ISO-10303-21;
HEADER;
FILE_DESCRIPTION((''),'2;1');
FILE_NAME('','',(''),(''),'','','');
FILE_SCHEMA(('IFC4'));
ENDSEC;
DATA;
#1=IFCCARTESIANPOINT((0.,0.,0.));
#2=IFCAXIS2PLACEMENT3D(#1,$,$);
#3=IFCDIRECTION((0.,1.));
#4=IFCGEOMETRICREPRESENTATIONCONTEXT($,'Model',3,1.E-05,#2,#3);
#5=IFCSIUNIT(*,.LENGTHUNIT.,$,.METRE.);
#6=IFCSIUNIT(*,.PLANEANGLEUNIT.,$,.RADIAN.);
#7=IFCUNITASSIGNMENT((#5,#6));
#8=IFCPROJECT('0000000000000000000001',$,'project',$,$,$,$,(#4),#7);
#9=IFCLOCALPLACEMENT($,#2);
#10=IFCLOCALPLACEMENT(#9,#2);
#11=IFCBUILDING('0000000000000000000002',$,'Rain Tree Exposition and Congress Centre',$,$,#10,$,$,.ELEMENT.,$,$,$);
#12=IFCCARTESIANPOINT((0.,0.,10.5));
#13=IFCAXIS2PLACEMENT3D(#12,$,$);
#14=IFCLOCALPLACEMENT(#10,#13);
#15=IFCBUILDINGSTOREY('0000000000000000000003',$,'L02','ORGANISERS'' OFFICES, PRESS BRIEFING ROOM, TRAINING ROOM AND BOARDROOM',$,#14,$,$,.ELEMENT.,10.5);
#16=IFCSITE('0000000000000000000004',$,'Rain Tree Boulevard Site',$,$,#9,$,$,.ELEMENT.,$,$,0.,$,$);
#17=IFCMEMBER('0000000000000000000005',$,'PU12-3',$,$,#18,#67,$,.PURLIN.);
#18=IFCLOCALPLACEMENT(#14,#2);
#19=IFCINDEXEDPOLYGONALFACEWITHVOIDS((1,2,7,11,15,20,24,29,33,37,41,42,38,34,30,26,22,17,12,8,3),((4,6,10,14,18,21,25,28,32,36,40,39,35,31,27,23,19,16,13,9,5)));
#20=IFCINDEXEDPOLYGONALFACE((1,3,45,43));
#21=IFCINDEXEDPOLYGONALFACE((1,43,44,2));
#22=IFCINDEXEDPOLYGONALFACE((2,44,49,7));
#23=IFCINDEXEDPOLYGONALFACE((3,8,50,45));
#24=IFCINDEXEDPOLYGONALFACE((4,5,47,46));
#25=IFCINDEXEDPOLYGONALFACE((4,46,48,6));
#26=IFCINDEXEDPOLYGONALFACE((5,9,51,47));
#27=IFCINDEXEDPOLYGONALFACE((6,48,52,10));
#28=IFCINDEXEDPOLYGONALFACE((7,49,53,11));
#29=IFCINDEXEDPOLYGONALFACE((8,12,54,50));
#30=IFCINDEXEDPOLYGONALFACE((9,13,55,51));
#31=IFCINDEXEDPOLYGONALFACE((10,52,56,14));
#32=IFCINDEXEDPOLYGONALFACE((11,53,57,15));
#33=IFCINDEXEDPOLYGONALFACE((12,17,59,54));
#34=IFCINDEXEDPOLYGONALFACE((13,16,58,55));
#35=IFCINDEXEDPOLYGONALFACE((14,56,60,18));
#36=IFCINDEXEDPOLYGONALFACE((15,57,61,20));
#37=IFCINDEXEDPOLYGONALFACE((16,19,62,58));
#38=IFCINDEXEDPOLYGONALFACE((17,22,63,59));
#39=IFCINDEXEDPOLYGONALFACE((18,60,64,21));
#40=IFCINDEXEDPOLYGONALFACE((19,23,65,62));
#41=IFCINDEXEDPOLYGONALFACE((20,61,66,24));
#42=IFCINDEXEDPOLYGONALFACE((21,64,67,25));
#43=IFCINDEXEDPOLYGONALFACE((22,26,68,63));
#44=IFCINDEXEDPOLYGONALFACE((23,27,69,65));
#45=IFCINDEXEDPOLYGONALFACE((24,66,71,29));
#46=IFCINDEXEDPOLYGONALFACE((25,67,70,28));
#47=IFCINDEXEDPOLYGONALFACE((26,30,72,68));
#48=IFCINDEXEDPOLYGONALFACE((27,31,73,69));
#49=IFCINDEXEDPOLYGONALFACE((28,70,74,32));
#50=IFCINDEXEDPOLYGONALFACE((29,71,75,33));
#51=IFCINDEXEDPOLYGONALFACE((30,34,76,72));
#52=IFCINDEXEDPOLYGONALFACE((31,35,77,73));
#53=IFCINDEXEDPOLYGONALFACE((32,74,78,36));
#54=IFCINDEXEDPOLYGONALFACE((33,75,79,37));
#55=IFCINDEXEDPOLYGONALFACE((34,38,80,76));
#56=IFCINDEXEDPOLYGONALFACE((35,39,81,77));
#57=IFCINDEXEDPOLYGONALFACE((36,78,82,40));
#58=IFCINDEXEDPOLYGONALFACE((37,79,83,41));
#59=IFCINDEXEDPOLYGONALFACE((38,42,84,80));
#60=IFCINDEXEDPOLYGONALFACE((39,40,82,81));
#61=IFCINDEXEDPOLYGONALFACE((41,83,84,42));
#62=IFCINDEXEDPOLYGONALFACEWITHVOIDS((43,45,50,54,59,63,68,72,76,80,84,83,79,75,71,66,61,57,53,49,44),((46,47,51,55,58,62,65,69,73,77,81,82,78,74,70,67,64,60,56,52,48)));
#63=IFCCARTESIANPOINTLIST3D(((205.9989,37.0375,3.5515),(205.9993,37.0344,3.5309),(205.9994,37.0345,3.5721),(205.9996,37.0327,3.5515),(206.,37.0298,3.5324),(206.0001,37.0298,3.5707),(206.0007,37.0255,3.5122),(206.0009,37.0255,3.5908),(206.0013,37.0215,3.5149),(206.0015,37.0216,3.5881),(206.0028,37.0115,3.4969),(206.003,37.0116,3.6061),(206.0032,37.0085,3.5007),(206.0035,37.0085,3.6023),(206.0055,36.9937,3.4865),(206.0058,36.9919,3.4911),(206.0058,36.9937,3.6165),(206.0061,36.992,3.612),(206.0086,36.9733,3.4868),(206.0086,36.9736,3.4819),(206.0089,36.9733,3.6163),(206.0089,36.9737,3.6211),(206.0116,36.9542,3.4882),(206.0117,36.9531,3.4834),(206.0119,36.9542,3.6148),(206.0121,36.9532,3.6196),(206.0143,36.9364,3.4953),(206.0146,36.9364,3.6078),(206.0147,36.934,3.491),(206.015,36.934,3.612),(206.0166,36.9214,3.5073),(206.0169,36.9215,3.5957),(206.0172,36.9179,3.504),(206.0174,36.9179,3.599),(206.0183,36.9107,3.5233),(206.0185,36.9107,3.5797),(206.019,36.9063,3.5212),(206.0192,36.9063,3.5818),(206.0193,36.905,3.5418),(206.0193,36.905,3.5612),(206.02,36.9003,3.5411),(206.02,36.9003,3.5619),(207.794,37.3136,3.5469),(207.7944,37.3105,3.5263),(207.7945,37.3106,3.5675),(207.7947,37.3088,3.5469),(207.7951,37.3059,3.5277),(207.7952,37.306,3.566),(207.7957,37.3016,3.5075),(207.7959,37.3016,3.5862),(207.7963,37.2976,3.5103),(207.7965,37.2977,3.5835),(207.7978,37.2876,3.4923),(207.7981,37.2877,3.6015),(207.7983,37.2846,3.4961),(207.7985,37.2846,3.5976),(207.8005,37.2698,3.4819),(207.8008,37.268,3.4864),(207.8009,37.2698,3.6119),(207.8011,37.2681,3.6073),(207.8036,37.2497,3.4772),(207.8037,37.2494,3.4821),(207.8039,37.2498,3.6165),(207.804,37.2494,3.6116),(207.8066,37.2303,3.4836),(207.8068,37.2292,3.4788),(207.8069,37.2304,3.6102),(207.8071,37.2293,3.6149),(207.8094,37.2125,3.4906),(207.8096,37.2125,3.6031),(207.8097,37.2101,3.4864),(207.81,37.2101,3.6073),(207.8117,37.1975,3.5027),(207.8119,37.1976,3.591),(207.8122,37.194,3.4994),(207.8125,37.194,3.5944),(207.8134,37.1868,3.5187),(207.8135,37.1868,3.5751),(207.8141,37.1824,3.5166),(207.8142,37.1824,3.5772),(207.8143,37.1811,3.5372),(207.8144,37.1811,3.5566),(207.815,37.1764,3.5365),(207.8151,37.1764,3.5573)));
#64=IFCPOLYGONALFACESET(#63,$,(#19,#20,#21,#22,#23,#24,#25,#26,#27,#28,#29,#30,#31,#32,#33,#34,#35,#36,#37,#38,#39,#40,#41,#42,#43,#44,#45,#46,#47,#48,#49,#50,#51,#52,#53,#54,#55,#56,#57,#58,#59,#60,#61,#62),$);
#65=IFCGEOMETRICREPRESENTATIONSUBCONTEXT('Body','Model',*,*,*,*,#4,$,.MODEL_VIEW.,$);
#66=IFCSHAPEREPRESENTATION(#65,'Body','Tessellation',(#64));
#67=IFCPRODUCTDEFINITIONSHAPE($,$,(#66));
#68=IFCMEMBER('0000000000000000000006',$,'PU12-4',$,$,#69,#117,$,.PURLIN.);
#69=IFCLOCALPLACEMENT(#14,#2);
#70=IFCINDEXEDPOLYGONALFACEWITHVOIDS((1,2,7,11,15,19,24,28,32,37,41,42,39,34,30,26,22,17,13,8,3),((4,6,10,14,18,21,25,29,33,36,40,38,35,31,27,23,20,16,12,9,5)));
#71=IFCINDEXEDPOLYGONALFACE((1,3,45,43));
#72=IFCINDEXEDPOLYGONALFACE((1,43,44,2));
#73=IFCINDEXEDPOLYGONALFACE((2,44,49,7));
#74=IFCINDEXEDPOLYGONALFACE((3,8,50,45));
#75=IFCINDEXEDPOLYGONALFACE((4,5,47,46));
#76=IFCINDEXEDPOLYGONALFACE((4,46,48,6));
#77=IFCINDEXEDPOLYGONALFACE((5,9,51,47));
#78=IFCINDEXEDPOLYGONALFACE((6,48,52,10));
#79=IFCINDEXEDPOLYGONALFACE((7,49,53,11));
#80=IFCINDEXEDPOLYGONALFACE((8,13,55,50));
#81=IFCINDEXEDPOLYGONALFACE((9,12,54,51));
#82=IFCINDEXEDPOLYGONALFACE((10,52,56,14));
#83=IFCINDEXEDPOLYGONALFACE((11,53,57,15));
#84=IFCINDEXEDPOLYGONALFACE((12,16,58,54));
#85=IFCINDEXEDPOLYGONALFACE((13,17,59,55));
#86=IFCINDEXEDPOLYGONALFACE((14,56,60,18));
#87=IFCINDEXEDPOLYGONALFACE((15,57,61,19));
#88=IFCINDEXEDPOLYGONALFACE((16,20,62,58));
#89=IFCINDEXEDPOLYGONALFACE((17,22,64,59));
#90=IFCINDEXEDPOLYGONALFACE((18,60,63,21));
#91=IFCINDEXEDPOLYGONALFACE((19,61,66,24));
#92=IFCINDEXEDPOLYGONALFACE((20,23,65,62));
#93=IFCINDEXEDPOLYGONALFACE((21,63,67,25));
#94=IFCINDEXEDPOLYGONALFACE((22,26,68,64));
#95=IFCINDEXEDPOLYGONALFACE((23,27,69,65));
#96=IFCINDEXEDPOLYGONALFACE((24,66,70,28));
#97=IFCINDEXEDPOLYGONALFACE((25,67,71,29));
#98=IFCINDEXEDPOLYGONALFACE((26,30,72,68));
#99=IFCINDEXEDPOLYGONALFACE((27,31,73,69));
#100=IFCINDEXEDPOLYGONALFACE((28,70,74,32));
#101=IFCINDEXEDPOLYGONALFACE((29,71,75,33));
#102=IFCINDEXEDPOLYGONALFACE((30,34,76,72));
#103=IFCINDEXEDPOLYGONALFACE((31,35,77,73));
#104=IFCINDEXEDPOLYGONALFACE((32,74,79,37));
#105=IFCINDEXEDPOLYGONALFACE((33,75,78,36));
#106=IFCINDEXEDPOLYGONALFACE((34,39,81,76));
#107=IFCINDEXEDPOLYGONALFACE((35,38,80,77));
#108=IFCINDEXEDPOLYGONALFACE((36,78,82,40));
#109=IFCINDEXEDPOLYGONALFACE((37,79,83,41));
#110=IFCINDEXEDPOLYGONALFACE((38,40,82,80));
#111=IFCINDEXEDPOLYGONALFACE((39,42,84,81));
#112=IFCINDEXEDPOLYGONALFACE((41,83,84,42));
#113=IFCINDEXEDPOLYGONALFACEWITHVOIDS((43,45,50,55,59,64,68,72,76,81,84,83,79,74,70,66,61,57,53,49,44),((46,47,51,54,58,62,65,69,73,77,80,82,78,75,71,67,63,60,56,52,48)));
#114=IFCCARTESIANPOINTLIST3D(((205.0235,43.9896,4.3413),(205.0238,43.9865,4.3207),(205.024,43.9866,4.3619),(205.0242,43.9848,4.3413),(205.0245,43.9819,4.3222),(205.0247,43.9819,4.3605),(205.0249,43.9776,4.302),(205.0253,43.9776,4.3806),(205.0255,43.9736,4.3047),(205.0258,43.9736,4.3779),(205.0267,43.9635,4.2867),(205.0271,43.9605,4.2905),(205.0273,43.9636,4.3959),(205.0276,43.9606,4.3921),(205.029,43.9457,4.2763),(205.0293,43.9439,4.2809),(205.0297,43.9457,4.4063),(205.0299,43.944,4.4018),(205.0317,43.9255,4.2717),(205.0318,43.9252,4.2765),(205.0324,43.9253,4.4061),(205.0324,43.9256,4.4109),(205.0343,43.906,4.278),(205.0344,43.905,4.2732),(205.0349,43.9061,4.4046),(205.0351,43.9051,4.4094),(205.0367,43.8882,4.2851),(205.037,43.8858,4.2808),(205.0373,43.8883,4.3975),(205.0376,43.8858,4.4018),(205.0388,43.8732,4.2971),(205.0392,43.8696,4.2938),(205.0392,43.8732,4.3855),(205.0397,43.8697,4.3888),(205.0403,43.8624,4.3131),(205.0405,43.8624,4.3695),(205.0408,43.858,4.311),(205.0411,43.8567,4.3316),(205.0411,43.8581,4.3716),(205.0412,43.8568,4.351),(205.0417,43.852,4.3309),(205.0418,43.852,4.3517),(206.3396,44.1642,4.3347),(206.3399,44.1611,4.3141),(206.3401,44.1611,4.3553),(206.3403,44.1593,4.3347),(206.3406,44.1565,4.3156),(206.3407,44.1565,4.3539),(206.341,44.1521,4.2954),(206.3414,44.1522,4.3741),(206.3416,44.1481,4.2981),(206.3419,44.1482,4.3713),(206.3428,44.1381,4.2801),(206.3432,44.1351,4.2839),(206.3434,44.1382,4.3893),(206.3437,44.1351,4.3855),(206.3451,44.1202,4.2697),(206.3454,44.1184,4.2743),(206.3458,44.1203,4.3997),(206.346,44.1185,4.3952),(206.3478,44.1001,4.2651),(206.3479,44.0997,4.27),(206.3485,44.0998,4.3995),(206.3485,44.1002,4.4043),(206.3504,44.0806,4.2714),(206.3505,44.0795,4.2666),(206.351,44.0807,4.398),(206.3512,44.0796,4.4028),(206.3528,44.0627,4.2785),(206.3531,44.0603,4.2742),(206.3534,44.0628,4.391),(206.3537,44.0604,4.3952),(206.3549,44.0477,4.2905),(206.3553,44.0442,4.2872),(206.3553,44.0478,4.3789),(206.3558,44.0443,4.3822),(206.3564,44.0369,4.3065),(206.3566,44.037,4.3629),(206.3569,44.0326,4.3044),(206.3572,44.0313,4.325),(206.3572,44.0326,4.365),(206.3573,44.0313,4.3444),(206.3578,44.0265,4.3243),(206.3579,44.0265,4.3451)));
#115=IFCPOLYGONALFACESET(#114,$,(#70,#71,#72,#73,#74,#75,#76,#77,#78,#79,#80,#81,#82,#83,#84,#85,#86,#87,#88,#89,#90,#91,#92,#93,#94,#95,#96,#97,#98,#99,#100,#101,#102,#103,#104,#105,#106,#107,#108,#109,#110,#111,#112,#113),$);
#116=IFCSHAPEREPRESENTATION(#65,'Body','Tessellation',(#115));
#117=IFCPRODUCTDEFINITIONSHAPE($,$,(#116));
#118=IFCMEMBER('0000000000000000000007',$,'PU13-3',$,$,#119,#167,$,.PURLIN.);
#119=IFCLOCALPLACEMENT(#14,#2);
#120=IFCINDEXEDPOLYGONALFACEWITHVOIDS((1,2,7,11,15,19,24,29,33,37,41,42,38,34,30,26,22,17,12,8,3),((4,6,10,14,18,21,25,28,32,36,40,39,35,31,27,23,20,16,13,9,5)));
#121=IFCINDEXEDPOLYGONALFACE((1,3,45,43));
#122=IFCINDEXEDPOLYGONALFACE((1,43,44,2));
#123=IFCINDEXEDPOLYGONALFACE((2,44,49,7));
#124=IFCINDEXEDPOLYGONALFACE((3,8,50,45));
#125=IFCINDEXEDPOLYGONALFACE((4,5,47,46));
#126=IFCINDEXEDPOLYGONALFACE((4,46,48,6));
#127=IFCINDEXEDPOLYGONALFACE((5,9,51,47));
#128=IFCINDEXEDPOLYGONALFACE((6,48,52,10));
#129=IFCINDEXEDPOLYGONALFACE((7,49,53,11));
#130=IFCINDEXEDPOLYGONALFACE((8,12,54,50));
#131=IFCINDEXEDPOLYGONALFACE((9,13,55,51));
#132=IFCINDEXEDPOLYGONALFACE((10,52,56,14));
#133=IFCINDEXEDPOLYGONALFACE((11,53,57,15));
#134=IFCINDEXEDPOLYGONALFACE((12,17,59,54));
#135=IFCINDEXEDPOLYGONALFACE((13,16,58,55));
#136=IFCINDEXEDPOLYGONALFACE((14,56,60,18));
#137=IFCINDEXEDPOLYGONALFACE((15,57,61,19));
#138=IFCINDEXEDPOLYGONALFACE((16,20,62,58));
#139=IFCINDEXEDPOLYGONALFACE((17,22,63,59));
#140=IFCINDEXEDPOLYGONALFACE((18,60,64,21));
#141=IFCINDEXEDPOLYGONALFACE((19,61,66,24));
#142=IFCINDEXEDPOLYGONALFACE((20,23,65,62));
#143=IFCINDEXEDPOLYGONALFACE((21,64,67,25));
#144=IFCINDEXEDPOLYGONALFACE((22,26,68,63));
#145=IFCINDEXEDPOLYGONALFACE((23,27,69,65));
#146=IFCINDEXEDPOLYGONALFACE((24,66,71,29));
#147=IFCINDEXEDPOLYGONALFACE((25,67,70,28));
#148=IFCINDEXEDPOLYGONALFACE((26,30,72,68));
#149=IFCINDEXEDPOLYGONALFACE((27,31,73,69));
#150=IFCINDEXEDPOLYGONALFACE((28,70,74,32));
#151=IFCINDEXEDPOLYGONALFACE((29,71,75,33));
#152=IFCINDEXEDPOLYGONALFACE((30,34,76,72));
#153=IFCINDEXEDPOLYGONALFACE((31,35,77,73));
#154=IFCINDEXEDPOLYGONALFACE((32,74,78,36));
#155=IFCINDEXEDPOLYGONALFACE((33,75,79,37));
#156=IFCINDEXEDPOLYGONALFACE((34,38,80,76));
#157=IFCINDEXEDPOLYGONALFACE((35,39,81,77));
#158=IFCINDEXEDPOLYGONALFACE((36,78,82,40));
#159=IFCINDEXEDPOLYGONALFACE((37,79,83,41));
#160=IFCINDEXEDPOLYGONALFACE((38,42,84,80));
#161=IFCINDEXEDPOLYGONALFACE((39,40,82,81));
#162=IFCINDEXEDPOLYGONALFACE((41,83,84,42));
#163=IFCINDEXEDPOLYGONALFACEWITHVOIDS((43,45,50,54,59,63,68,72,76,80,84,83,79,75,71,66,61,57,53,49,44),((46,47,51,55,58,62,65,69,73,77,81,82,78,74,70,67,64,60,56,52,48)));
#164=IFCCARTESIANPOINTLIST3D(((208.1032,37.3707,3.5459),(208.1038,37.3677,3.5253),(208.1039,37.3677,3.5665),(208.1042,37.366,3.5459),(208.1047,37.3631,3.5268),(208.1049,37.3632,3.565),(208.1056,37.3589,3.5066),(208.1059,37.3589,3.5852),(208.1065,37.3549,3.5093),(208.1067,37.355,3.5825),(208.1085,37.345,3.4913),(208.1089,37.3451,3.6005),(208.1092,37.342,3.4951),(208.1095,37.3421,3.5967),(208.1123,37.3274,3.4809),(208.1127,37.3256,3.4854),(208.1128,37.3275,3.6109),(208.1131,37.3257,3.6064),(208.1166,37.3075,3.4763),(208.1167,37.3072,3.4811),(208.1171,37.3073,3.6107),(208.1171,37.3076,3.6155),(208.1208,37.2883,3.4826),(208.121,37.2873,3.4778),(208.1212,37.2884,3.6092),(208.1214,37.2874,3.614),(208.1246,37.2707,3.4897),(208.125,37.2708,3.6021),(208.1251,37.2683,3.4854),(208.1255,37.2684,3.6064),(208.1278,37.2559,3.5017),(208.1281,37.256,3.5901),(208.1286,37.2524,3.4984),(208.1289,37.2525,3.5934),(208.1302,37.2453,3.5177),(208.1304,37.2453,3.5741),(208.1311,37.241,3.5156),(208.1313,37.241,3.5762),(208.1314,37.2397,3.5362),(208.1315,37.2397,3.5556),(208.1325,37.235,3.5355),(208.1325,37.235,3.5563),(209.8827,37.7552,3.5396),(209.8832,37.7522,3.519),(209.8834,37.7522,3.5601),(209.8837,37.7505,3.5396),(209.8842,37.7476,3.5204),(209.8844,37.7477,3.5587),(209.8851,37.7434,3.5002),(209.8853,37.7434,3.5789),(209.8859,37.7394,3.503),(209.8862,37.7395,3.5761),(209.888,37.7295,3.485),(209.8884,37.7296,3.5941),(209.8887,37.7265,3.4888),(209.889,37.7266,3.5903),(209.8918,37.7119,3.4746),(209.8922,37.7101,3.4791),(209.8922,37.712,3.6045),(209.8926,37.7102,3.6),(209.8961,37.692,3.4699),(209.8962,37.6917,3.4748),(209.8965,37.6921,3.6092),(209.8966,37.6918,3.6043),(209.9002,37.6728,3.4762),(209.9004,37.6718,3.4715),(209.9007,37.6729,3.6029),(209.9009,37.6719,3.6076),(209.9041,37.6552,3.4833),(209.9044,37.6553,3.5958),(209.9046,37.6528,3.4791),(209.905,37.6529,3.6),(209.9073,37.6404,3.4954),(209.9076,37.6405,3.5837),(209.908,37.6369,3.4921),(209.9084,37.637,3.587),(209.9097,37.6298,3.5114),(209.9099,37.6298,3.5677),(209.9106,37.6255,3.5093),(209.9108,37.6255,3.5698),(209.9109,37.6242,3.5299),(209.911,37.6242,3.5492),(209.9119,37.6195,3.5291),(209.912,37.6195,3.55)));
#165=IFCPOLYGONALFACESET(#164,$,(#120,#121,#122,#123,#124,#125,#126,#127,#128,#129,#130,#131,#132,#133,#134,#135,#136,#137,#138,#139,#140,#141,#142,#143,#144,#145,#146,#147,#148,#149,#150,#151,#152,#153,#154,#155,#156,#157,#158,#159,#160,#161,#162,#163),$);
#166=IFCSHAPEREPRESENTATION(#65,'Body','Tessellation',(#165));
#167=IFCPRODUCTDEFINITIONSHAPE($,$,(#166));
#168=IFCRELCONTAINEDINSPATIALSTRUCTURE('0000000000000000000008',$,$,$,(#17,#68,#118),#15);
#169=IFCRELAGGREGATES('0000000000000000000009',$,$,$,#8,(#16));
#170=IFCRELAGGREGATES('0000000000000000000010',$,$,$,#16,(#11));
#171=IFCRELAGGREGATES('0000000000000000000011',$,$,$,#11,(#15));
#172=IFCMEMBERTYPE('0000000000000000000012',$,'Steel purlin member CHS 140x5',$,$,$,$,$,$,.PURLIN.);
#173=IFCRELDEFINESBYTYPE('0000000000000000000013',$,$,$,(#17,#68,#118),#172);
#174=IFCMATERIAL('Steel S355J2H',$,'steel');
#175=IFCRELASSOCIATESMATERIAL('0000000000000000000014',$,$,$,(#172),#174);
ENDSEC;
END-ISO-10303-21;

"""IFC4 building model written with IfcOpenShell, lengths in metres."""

from ifc_helpers import new_model, si_unit, direction, frame, origin, origin_2d, place, context, subcontext, project, spatial, hollow_circle, extrude, material, material_profile, profile_set, type_object, element, save


model = new_model("IFC4")

# Units and contexts
model_context = context("Model", 3, precision=1e-05, world=origin(), true_north=direction((0.0, 1.0)))
body_context = subcontext(model_context, "Body", "Model", "MODEL_VIEW")
ifc_project = project(units=[si_unit("LENGTHUNIT", "METRE"), si_unit("PLANEANGLEUNIT", "RADIAN")], contexts=[model_context])

# Site, building, storey
site_placement = place(None, origin())
site = spatial("IfcSite", under=ifc_project, at=site_placement, Name="Rain Tree Boulevard Site", CompositionType="ELEMENT", RefElevation=0.0)
building_placement = place(site_placement, origin())
building = spatial("IfcBuilding", under=site, at=building_placement, Name="Rain Tree Exposition and Congress Centre", CompositionType="ELEMENT")
storey_placement = place(building_placement, frame((0.0, 0.0, 10.5)))
storey = spatial("IfcBuildingStorey", under=building, at=storey_placement, Name="L02", Description="ORGANISERS' OFFICES, PRESS BRIEFING ROOM, TRAINING ROOM AND BOARDROOM", CompositionType="ELEMENT", Elevation=10.5)

# Members
ifc_material_1 = material(Name="Steel S355J2H", Category="steel")
ifc_material_profile_1 = material_profile(ifc_material_1, hollow_circle(Radius=0.0698, WallThickness=0.0049, at=origin_2d()), Name="CHS 140x5")
ifc_profile_set_1 = profile_set([ifc_material_profile_1], Name="Steel S355J2H")
member_type_1 = type_object("IfcMemberType", Name="Steel purlin member CHS 140x5", PredefinedType="PURLIN", material=ifc_profile_set_1)
member_1_placement = place(storey_placement, frame((206.0095, 36.9685, 3.5515), z_axis=(0.988373, 0.152026, -0.002554), x_axis=(-0.152027, 0.988376, 0.0)))
element("IfcMember", 1, at=member_1_placement, inside=storey, type_object=member_type_1, Name="PU12-3", PredefinedType="PURLIN", context=body_context, shape_type="SweptSolid", body=[
    extrude(hollow_circle(Radius=0.0698, WallThickness=0.0049, at=origin_2d()), origin(), (0.0, 0.0, 1.0), 1.8162),
])
member_2_placement = place(storey_placement, frame((205.0327, 43.9204, 4.3413), z_axis=(0.991307, 0.131476, -0.004965), x_axis=(-0.131477, 0.991319, 0.0)))
element("IfcMember", 2, at=member_2_placement, inside=storey, type_object=member_type_1, Name="PU12-4", PredefinedType="PURLIN", context=body_context, shape_type="SweptSolid", body=[
    extrude(hollow_circle(Radius=0.0698, WallThickness=0.0049, at=origin_2d()), origin(), (0.0, 0.0, 1.0), 1.3276),
])
member_3_placement = place(storey_placement, frame((208.1179, 37.3025, 3.5459), z_axis=(0.977436, 0.211203, -0.003487), x_axis=(-0.211205, 0.977442, 0.0)))
element("IfcMember", 3, at=member_3_placement, inside=storey, type_object=member_type_1, Name="PU13-3", PredefinedType="PURLIN", context=body_context, shape_type="SweptSolid", body=[
    extrude(hollow_circle(Radius=0.0698, WallThickness=0.0049, at=origin_2d()), origin(), (0.0, 0.0, 1.0), 1.8206),
])

save(model, "model.ifc")
